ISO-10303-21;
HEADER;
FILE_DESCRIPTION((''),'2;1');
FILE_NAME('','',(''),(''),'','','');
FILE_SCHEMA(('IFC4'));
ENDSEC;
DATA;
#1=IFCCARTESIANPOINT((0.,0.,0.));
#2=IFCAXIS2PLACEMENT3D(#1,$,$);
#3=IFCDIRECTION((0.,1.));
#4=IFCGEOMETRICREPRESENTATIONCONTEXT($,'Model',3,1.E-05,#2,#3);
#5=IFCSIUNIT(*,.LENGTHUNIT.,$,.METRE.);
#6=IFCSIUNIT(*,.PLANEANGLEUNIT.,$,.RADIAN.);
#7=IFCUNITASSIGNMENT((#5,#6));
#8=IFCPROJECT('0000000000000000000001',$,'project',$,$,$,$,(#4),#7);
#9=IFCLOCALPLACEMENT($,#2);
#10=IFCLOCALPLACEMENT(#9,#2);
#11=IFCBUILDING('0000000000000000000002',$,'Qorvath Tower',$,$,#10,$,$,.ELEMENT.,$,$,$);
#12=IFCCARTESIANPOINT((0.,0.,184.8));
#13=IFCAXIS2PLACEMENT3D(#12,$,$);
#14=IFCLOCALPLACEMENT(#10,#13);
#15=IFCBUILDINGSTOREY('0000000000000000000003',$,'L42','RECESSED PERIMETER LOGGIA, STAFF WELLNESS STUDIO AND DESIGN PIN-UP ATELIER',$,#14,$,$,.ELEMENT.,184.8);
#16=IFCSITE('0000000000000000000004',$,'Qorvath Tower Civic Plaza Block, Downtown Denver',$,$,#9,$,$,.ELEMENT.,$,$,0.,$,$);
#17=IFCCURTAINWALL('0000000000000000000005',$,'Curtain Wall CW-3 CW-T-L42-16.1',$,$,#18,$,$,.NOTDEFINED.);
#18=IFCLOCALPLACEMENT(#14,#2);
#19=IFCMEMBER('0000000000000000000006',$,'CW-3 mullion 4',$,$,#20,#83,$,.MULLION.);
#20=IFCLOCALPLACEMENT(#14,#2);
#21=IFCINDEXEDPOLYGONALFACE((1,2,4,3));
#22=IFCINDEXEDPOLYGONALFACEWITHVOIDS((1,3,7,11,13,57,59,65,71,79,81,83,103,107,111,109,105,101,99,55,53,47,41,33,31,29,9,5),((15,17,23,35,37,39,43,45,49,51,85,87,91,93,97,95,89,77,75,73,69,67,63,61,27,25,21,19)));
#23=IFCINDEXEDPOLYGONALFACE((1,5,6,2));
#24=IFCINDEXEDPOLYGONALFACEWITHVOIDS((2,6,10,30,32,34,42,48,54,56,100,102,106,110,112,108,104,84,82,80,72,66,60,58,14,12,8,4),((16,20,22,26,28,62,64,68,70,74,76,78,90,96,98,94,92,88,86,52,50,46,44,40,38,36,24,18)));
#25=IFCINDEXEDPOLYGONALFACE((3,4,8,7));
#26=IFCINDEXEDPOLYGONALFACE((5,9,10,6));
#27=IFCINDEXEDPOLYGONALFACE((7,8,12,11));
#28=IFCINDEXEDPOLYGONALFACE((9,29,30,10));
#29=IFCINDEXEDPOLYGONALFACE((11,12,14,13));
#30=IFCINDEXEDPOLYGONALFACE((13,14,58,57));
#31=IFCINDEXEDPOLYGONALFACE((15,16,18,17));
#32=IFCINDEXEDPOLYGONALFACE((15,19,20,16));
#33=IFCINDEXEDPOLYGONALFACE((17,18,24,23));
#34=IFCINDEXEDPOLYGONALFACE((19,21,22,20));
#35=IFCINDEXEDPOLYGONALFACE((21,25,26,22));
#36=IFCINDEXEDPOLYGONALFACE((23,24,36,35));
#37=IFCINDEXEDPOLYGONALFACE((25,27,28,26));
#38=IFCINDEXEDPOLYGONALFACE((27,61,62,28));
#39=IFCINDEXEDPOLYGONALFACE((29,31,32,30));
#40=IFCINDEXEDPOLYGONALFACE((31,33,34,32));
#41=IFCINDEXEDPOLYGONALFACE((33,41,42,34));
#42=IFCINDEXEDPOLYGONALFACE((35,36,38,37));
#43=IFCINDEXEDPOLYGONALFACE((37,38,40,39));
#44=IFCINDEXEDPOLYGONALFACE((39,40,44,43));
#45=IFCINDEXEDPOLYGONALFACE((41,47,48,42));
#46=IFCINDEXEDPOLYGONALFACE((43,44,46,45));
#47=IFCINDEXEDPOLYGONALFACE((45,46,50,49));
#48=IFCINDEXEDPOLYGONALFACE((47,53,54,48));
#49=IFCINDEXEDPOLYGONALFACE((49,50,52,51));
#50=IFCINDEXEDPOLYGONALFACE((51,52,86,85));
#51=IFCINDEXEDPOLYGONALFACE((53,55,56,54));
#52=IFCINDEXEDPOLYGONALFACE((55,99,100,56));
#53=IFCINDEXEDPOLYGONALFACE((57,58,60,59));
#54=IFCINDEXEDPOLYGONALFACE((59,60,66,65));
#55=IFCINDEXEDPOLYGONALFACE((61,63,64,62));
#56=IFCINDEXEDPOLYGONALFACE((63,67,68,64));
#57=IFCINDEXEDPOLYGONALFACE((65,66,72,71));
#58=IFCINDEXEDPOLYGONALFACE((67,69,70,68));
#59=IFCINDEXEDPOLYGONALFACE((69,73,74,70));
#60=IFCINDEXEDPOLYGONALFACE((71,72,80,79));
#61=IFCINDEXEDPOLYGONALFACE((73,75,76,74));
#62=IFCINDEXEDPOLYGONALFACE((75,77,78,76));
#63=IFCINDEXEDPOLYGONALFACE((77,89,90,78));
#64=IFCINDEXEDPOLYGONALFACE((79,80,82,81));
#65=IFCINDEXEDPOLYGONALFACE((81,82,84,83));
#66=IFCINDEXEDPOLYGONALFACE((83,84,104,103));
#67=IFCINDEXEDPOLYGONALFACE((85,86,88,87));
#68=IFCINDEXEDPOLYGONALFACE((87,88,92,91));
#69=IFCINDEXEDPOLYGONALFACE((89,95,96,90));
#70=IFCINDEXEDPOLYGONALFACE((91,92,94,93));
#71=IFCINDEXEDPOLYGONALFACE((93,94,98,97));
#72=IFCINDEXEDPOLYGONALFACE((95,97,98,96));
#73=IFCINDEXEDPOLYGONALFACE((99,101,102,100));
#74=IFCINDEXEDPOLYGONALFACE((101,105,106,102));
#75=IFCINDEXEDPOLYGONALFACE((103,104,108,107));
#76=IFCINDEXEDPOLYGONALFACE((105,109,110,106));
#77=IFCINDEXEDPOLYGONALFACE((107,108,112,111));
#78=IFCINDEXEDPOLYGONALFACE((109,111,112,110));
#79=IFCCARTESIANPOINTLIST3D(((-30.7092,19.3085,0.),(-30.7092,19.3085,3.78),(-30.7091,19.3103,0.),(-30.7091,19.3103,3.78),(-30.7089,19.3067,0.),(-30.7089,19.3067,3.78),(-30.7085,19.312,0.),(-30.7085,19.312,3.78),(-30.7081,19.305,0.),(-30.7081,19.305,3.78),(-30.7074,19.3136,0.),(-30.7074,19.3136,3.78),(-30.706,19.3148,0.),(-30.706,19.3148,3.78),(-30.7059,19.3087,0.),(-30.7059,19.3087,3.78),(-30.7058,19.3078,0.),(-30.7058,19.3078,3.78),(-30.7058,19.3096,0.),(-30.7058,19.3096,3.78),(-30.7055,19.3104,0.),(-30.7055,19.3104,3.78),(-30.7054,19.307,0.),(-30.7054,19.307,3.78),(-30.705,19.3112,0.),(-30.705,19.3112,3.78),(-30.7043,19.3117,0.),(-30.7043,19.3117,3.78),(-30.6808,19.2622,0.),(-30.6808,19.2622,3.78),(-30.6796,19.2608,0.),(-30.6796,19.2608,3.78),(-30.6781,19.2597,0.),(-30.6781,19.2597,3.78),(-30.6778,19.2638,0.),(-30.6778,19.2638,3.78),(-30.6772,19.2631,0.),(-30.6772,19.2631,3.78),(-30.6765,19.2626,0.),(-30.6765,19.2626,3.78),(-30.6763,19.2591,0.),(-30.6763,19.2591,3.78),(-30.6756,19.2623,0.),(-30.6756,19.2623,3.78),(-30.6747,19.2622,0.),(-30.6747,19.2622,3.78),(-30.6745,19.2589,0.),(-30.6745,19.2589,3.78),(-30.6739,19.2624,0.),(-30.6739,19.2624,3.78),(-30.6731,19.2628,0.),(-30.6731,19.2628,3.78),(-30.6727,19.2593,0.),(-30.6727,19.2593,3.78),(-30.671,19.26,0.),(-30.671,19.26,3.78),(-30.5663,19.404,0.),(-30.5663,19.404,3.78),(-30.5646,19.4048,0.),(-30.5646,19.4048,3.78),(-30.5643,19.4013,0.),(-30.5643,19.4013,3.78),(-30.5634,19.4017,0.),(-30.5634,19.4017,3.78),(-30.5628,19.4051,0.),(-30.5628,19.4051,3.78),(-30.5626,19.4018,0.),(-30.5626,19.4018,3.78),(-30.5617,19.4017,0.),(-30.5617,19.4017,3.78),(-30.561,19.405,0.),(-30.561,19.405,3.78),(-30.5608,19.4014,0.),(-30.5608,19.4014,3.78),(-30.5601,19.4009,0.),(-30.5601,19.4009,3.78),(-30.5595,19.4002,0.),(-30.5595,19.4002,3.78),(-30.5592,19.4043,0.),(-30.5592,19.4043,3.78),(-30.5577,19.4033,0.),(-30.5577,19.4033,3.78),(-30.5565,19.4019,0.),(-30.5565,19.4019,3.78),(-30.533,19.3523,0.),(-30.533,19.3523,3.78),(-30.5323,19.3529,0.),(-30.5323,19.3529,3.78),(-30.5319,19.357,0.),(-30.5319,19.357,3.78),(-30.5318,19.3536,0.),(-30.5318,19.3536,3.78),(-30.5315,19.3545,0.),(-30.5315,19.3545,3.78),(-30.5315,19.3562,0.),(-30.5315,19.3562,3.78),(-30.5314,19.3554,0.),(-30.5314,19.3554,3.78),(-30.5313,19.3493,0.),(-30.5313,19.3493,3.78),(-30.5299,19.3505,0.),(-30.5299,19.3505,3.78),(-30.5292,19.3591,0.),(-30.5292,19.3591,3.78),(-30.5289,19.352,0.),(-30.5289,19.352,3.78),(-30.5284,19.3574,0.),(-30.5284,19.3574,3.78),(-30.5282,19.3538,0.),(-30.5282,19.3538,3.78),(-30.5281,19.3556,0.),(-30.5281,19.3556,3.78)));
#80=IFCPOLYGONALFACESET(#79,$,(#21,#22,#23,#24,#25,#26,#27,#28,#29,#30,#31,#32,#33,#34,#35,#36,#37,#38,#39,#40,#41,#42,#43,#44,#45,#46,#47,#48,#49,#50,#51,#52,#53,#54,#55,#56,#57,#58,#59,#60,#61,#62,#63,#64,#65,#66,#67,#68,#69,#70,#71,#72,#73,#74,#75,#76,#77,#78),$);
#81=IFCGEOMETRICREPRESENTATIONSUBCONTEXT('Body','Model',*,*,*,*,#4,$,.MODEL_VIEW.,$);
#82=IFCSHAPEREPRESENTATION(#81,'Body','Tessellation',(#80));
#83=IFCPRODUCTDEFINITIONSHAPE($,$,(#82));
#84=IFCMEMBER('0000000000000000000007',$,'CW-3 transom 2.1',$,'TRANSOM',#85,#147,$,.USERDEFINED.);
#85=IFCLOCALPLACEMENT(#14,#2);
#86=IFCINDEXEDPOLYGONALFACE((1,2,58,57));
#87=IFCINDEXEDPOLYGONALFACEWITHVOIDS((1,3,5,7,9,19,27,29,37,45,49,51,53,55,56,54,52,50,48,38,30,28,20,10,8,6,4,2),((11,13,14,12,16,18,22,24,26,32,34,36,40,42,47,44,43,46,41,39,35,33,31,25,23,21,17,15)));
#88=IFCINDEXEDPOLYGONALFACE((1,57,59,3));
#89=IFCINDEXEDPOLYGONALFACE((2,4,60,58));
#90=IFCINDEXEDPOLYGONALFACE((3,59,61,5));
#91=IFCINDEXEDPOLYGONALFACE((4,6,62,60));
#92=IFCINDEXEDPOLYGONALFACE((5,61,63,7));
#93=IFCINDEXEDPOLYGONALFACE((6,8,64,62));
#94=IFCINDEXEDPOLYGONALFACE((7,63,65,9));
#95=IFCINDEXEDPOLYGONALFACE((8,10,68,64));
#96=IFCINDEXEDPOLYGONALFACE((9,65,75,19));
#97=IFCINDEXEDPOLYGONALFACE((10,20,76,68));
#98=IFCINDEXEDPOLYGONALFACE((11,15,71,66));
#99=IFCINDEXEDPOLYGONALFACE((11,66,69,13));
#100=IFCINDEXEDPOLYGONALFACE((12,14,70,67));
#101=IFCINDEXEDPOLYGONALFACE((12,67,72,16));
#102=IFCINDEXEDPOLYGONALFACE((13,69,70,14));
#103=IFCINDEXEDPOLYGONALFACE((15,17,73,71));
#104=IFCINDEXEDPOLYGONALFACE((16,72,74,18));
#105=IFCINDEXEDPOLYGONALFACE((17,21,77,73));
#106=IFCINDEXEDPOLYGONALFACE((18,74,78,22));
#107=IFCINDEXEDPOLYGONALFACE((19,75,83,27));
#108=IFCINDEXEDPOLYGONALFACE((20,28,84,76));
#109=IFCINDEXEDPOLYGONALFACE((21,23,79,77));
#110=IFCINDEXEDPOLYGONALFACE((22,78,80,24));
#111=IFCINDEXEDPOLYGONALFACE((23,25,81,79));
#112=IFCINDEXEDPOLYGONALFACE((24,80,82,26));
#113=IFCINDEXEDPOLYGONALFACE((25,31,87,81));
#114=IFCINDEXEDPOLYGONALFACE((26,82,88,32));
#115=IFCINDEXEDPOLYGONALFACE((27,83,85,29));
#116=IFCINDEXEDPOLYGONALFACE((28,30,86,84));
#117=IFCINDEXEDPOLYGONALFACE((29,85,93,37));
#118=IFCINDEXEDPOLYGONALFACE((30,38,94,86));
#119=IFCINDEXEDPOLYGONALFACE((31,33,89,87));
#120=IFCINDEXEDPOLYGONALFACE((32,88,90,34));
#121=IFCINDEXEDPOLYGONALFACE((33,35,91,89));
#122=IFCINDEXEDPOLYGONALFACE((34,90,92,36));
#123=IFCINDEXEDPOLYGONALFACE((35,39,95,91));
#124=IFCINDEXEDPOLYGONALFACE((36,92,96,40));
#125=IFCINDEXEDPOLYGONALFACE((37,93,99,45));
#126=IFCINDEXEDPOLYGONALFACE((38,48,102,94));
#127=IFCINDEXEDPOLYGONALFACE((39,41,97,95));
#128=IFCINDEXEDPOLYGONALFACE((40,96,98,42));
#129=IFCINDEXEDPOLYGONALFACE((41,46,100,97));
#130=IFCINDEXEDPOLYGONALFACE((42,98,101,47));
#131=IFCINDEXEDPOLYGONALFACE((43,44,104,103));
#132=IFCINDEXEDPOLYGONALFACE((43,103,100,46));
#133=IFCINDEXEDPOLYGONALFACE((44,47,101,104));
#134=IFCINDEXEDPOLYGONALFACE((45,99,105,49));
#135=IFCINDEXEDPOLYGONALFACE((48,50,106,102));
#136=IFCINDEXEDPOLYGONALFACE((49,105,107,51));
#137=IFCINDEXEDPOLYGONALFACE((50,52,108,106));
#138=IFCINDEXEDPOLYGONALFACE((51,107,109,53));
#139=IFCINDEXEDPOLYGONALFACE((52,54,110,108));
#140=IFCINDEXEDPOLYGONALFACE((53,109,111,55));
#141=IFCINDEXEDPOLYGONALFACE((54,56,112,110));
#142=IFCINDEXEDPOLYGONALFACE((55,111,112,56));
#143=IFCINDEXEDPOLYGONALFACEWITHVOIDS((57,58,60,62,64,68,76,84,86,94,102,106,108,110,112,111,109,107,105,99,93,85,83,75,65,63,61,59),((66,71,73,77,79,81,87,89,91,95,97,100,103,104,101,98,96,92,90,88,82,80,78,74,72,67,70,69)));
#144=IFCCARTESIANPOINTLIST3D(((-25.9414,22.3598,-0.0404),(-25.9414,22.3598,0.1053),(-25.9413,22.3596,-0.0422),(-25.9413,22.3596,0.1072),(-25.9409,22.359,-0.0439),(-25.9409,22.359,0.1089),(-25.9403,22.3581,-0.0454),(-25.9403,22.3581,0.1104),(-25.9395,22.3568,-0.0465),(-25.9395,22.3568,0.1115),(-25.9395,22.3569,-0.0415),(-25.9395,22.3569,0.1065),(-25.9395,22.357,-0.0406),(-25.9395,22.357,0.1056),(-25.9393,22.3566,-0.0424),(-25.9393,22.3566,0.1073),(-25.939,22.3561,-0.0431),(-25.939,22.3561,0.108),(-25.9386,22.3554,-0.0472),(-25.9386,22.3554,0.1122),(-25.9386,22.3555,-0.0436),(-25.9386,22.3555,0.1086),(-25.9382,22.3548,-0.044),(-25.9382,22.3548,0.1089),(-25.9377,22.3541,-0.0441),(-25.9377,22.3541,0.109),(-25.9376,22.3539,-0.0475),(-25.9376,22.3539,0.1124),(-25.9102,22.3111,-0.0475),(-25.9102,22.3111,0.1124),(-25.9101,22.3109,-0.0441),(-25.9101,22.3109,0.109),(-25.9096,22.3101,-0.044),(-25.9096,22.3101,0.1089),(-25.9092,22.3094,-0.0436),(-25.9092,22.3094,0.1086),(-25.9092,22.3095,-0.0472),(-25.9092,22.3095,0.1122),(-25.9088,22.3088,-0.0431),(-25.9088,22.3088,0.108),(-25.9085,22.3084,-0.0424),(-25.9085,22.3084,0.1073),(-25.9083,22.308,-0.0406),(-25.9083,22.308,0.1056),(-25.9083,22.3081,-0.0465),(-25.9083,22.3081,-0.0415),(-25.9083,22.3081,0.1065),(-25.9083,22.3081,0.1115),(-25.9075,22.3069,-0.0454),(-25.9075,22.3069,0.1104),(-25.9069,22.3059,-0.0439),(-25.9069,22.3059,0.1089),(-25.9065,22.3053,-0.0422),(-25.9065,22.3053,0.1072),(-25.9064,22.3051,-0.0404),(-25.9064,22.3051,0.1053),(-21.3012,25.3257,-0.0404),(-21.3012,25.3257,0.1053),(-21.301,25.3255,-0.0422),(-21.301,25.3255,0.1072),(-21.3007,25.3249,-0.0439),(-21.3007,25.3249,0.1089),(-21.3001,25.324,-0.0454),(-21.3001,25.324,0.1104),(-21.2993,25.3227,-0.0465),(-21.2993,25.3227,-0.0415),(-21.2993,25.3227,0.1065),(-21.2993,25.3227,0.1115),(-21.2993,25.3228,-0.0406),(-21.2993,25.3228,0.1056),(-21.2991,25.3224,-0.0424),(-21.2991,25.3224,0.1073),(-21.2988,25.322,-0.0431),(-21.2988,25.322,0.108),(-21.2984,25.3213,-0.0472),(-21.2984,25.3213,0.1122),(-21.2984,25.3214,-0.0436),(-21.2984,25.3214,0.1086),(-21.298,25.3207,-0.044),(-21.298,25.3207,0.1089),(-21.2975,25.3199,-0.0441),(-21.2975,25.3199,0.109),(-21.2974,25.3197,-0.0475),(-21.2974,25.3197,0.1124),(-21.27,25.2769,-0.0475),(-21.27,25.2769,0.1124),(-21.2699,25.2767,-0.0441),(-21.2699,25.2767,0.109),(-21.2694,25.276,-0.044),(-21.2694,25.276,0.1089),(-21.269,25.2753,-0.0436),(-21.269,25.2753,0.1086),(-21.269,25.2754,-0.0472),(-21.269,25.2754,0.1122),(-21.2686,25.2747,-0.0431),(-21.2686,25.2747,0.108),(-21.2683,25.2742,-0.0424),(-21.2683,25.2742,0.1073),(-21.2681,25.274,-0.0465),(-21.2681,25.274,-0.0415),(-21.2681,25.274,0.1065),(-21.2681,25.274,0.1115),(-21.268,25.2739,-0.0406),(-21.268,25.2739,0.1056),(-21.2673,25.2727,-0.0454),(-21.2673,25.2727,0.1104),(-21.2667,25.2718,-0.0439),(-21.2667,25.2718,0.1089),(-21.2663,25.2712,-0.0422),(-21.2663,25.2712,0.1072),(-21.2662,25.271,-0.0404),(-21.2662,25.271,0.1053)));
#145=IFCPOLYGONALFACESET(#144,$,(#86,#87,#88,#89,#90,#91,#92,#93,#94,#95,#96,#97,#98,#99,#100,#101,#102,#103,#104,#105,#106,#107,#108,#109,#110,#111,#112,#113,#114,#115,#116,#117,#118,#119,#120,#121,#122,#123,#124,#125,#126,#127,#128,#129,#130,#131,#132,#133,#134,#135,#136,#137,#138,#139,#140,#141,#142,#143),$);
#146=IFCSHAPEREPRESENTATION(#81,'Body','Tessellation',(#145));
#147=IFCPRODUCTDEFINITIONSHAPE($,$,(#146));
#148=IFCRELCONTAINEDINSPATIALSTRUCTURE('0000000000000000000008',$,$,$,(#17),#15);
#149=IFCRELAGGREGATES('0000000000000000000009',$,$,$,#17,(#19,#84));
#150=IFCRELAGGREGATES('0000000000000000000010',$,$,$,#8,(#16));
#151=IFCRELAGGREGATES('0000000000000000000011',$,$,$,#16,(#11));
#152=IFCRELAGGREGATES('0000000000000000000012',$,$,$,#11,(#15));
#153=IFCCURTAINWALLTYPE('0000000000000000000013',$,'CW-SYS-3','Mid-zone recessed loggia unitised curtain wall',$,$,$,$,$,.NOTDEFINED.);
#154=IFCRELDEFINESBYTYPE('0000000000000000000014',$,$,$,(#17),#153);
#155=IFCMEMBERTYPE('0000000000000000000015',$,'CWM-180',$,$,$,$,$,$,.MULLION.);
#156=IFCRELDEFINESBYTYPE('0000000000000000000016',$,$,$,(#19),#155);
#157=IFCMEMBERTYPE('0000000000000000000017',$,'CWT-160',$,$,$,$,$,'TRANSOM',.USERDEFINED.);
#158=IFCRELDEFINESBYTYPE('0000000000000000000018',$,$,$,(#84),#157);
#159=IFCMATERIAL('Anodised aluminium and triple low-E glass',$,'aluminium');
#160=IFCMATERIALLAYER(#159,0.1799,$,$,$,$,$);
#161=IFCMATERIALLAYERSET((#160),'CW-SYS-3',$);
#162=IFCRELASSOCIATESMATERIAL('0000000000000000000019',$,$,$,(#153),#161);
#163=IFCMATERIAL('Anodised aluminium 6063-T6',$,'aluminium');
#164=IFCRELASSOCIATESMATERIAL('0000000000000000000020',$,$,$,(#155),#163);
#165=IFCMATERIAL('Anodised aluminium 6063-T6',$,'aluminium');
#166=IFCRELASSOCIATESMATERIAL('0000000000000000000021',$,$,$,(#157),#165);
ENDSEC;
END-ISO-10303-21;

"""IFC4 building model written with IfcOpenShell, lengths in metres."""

from ifc_helpers import new_model, si_unit, direction, frame, origin, origin_2d, place, context, subcontext, project, spatial, hollow_rectangle, extrude, material, layer, layer_set, material_profile, profile_set, type_object, element, aggregate, save


model = new_model("IFC4")

# Units and contexts
model_context = context("Model", 3, precision=1e-05, world=origin(), true_north=direction((0.0, 1.0)))
body_context = subcontext(model_context, "Body", "Model", "MODEL_VIEW")
ifc_project = project(units=[si_unit("LENGTHUNIT", "METRE"), si_unit("PLANEANGLEUNIT", "RADIAN")], contexts=[model_context])

# Site, building, storey
site_placement = place(None, origin())
site = spatial("IfcSite", under=ifc_project, at=site_placement, Name="Qorvath Tower Civic Plaza Block, Downtown Denver", CompositionType="ELEMENT", RefElevation=0.0)
building_placement = place(site_placement, origin())
building = spatial("IfcBuilding", under=site, at=building_placement, Name="Qorvath Tower", CompositionType="ELEMENT")
storey_placement = place(building_placement, frame((0.0, 0.0, 184.8)))
storey = spatial("IfcBuildingStorey", under=building, at=storey_placement, Name="L42", Description="RECESSED PERIMETER LOGGIA, STAFF WELLNESS STUDIO AND DESIGN PIN-UP ATELIER", CompositionType="ELEMENT", Elevation=184.8)

# Curtain wall, members
ifc_material_1 = material(Name="Anodised aluminium and triple low-E glass", Category="aluminium")
ifc_layer_1 = layer(ifc_material_1, 0.1799)
ifc_layer_set_1 = layer_set([ifc_layer_1], Name="CW-SYS-3")
curtain_wall_type = type_object("IfcCurtainWallType", Name="CW-SYS-3", Description="Mid-zone recessed loggia unitised curtain wall", PredefinedType="NOTDEFINED", material=ifc_layer_set_1)
curtain_wall_placement = place(storey_placement, origin())
curtain_wall = element("IfcCurtainWall", 1, at=curtain_wall_placement, inside=storey, type_object=curtain_wall_type, Name="Curtain Wall CW-3 CW-T-L42-16.1", PredefinedType="NOTDEFINED")
ifc_material_2 = material(Name="Anodised aluminium 6063-T6", Category="aluminium")
ifc_material_profile_1 = material_profile(ifc_material_2, hollow_rectangle(XDim=0.0649, YDim=0.1799, WallThickness=0.0034, InnerFilletRadius=0.0034, OuterFilletRadius=0.0071, at=origin_2d()), Name="CWM 180x65")
ifc_profile_set_1 = profile_set([ifc_material_profile_1], Name="Anodised aluminium 6063-T6")
member_type_1 = type_object("IfcMemberType", Name="CWM-180", PredefinedType="MULLION", material=ifc_profile_set_1)
member_1_placement = place(storey_placement, frame((-30.6187, 19.332, 0.0), z_axis=(0.0, 0.0, 1.0), x_axis=(0.538531, -0.842606, 0.0)))
member_1 = element("IfcMember", 2, at=member_1_placement, type_object=member_type_1, Name="CW-3 mullion 4", PredefinedType="MULLION", context=body_context, shape_type="SweptSolid", body=[
    extrude(hollow_rectangle(XDim=0.0649, YDim=0.1799, WallThickness=0.0034, InnerFilletRadius=0.0034, OuterFilletRadius=0.0071, at=origin_2d()), origin(), (0.0, 0.0, 1.0), 3.78),
])
ifc_material_3 = material(Name="Anodised aluminium 6063-T6", Category="aluminium")
ifc_material_profile_2 = material_profile(ifc_material_3, hollow_rectangle(XDim=0.0649, YDim=0.1599, WallThickness=0.0034, InnerFilletRadius=0.0034, OuterFilletRadius=0.0071, at=origin_2d()), Name="CWT 160x65")
ifc_profile_set_2 = profile_set([ifc_material_profile_2], Name="Anodised aluminium 6063-T6")
member_type_2 = type_object("IfcMemberType", Name="CWT-160", ElementType="TRANSOM", PredefinedType="USERDEFINED", material=ifc_profile_set_2)
member_2_placement = place(storey_placement, frame((-21.2837, 25.2983, 0.0325), z_axis=(-0.84259, -0.538555, 0.0), x_axis=(0.538555, -0.84259, 0.0)))
member_2 = element("IfcMember", 3, at=member_2_placement, type_object=member_type_2, Name="CW-3 transom 2.1", ObjectType="TRANSOM", PredefinedType="USERDEFINED", context=body_context, shape_type="SweptSolid", body=[
    extrude(hollow_rectangle(XDim=0.0649, YDim=0.1599, WallThickness=0.0034, InnerFilletRadius=0.0034, OuterFilletRadius=0.0071, at=origin_2d()), origin(), (0.0, 0.0, 1.0), 5.5071),
])
aggregate(curtain_wall, [member_1, member_2])

save(model, "model.ifc")
